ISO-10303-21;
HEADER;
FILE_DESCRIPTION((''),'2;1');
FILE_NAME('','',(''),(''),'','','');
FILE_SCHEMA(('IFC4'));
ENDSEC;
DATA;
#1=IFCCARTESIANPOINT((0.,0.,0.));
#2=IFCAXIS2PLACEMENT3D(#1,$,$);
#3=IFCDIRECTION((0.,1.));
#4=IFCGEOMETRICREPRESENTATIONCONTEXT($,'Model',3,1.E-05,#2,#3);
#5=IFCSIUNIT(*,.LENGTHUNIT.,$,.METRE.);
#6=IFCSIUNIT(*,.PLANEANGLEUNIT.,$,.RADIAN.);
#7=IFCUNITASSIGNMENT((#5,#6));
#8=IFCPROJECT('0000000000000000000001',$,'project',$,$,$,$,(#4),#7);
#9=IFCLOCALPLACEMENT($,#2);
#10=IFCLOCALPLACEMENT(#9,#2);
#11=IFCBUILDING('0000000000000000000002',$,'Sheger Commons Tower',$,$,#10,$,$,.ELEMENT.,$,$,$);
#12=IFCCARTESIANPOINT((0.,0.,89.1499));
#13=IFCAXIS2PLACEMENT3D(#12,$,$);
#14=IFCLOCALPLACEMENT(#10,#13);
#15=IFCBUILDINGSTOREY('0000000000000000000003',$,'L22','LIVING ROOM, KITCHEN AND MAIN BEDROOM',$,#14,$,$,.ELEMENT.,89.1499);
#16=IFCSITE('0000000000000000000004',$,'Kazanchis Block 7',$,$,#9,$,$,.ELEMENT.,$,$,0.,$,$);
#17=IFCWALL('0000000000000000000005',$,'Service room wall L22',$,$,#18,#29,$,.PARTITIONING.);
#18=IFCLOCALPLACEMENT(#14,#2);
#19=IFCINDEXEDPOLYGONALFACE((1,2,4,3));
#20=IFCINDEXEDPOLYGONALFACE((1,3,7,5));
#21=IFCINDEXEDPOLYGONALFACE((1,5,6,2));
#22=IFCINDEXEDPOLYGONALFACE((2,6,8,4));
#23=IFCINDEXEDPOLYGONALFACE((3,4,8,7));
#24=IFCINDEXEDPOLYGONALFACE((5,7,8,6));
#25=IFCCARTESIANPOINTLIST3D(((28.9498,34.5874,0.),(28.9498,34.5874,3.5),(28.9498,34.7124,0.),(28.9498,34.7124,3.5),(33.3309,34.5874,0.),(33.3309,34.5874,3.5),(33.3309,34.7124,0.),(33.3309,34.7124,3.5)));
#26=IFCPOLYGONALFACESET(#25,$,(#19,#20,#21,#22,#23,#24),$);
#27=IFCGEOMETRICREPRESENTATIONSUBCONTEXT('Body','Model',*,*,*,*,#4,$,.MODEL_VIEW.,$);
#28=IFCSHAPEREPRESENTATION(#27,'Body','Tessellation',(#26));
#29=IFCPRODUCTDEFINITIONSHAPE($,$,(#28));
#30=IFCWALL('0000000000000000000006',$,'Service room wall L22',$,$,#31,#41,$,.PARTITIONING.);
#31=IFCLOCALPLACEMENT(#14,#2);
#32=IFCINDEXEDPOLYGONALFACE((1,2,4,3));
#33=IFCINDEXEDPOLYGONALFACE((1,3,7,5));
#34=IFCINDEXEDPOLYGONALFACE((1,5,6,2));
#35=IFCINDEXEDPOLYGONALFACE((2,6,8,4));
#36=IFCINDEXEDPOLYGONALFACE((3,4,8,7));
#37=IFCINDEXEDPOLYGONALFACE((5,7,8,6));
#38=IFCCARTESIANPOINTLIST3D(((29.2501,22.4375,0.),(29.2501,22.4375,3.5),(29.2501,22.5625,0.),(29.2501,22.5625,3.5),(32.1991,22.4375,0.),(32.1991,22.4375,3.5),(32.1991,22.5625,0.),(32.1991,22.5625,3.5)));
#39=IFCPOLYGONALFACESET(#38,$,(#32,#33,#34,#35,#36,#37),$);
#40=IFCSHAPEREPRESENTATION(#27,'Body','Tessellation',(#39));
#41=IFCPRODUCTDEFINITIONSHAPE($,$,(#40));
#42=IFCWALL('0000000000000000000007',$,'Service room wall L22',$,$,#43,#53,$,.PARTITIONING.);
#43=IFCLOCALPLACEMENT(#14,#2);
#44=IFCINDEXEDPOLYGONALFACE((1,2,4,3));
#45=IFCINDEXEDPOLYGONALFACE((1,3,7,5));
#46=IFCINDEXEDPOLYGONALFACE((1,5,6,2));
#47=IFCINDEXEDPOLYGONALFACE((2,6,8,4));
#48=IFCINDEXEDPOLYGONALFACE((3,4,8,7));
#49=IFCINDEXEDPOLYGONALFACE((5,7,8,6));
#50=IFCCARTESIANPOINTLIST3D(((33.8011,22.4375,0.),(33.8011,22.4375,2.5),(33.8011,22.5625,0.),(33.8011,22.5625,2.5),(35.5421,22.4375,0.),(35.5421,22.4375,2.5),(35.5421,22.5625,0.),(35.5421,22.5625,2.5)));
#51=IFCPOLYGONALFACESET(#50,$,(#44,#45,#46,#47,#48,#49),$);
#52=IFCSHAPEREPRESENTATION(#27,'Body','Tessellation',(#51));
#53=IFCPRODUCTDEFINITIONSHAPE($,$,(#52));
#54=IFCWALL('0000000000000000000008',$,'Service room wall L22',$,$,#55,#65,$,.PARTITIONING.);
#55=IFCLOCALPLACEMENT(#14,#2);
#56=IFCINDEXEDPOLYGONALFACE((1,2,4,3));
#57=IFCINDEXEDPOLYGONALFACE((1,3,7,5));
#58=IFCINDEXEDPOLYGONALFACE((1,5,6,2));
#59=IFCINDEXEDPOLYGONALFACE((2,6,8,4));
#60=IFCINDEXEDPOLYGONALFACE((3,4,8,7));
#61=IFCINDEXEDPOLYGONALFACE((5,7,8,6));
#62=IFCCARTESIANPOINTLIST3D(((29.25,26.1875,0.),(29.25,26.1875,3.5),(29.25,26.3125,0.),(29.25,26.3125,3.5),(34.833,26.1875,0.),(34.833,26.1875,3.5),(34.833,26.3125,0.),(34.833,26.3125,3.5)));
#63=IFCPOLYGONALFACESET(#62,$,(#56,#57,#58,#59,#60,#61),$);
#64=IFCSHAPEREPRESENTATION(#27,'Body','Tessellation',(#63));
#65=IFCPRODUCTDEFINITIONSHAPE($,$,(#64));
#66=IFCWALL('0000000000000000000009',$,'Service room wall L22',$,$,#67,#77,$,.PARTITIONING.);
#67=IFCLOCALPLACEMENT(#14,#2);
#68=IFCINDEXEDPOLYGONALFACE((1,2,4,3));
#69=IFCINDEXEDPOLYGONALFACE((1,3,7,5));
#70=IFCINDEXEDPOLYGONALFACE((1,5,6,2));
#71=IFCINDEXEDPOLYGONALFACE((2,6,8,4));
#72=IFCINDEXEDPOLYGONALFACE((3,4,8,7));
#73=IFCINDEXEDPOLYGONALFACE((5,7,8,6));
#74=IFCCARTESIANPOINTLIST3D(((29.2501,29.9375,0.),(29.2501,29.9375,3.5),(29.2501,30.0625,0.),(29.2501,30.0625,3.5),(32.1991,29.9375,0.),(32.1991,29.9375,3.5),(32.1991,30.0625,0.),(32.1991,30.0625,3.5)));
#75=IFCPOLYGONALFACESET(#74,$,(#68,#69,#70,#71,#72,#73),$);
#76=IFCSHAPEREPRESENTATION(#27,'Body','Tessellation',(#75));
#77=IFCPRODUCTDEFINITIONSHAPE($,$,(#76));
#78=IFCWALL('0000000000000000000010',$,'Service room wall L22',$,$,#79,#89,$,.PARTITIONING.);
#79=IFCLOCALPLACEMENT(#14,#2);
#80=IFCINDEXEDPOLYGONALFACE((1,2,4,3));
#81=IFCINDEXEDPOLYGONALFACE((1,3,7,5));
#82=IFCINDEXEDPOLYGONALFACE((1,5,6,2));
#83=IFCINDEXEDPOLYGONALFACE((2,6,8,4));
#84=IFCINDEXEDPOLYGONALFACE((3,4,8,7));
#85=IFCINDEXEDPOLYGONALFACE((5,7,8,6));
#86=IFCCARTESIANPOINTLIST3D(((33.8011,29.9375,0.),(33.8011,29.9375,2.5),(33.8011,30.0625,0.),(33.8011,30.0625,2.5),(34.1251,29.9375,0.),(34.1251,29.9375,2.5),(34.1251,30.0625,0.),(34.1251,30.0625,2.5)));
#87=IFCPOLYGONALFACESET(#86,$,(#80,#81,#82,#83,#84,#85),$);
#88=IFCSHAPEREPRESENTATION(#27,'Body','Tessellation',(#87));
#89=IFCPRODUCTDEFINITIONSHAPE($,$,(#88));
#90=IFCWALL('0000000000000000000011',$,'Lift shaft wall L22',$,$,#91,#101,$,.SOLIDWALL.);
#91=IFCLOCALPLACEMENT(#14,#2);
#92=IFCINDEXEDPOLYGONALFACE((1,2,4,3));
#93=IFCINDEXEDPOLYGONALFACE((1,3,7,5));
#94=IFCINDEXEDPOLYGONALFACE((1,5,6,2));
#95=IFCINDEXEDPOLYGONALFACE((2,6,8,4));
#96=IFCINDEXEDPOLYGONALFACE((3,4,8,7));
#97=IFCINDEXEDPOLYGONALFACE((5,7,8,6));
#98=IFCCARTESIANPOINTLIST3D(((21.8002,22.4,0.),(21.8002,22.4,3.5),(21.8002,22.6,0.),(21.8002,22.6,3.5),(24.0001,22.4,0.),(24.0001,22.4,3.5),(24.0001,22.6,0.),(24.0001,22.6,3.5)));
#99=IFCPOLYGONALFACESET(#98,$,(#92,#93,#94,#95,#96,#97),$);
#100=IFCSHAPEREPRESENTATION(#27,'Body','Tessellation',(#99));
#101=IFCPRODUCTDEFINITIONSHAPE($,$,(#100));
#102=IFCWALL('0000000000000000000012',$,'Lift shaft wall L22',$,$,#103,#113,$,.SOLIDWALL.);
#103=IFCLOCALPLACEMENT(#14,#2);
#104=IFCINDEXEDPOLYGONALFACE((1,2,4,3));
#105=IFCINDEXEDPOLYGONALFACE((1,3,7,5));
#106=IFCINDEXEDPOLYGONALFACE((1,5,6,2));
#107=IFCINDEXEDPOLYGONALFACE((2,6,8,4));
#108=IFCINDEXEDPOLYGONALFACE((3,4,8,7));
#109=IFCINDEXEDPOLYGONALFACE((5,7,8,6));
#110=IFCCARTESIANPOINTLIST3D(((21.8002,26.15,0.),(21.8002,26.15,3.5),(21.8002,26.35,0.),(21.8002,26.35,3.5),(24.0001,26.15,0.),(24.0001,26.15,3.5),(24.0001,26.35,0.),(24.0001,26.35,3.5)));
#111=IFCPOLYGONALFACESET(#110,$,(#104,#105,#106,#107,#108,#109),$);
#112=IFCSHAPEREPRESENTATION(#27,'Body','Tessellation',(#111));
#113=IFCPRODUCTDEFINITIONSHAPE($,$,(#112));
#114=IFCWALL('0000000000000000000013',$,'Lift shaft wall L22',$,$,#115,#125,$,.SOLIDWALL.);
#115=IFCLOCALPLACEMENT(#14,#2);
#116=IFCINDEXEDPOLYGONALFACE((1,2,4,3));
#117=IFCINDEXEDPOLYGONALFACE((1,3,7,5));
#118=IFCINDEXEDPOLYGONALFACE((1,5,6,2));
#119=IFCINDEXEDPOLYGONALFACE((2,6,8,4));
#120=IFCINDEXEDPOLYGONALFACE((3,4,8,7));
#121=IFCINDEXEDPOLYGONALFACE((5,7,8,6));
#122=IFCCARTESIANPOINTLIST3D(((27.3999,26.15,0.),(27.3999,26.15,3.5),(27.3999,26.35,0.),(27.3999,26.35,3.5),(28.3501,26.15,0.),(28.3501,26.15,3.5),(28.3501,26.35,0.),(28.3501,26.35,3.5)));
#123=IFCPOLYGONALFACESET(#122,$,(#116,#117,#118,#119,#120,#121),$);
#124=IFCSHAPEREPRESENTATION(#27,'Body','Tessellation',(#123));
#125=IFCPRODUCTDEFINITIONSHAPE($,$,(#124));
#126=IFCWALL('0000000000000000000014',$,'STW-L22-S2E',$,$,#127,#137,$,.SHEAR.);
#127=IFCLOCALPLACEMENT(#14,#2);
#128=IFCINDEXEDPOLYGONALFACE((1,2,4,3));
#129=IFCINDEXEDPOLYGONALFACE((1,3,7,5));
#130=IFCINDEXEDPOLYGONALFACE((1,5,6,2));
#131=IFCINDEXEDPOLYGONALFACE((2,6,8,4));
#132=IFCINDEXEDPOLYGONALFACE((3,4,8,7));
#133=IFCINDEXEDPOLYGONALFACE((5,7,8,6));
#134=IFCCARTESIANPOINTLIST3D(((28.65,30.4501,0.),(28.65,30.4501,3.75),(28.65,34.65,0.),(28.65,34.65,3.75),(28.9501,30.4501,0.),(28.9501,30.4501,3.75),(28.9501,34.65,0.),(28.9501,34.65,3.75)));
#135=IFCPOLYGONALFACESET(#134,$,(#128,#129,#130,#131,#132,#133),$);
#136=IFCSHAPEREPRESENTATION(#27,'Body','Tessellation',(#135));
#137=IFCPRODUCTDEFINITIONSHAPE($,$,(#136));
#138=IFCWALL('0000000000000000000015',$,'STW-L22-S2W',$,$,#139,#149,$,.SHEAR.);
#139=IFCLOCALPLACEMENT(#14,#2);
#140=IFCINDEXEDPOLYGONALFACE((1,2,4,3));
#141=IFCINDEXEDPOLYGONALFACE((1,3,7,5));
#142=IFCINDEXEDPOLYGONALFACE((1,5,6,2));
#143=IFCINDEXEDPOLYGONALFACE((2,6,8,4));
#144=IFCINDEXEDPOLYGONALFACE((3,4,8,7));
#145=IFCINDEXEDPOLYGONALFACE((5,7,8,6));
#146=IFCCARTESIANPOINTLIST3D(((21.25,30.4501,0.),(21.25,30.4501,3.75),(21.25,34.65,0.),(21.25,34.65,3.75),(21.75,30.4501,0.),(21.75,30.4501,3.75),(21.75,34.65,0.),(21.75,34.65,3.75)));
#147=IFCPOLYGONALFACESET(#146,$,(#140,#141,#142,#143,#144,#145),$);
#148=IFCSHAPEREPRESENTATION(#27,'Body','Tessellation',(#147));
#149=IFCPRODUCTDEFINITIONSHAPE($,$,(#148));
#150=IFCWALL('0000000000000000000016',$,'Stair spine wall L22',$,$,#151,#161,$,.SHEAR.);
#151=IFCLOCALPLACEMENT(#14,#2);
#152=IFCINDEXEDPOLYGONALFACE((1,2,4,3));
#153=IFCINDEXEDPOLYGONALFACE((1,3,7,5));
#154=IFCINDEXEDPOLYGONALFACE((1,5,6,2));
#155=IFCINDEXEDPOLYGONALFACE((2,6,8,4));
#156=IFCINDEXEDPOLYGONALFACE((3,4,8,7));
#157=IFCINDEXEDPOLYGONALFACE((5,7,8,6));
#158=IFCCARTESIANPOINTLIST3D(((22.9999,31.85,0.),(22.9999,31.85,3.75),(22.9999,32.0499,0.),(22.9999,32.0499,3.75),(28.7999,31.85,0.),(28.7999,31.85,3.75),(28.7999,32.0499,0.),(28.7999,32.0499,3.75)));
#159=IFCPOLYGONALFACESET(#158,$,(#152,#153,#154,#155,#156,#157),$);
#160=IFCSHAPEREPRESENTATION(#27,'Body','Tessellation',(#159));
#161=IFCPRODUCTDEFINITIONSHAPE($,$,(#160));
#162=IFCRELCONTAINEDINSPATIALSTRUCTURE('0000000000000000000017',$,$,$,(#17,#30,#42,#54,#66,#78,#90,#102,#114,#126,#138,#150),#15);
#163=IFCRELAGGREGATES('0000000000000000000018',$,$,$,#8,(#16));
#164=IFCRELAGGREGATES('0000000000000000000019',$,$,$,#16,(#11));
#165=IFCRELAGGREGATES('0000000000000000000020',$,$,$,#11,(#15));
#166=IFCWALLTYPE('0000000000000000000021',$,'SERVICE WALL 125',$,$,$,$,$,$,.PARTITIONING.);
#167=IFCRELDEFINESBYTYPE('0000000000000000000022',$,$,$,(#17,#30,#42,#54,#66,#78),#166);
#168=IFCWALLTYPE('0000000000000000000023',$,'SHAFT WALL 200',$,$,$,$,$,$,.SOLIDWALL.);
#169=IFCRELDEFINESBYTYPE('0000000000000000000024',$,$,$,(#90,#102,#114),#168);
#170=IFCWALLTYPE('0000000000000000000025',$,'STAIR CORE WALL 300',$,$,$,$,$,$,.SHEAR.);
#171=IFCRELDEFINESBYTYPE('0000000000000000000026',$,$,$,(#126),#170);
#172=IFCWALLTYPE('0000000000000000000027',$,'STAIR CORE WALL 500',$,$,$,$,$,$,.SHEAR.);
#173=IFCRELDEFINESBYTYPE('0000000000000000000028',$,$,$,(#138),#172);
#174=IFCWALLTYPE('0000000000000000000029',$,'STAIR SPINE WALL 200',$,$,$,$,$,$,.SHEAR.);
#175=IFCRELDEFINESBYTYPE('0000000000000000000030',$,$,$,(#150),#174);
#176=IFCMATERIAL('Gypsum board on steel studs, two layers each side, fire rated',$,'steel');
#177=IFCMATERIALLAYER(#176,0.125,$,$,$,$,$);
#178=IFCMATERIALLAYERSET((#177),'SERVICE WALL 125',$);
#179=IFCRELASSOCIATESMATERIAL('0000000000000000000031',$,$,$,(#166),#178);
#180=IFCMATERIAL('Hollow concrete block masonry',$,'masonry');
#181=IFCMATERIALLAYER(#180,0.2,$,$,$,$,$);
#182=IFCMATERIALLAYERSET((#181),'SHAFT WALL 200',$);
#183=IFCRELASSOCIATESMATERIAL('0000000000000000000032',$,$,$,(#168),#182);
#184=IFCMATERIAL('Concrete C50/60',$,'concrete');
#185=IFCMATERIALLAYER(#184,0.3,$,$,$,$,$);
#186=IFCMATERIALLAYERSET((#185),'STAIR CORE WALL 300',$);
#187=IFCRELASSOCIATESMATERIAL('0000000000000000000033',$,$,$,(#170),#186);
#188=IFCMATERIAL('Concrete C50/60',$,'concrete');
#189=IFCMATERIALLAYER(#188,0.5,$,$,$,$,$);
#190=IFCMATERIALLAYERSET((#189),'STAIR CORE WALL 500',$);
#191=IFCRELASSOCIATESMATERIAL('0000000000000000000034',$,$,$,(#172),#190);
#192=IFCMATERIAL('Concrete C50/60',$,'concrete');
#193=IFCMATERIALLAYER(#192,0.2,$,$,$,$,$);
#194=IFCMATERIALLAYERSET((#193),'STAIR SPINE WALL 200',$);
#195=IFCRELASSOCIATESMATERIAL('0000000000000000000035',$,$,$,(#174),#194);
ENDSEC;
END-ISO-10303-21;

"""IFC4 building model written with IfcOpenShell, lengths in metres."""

from ifc_helpers import new_model, si_unit, direction, frame, frame_2d, origin, place, context, subcontext, project, spatial, rectangle, extrude, material, layer, layer_set, type_object, element, save


model = new_model("IFC4")

# Units and contexts
model_context = context("Model", 3, precision=1e-05, world=origin(), true_north=direction((0.0, 1.0)))
body_context = subcontext(model_context, "Body", "Model", "MODEL_VIEW")
ifc_project = project(units=[si_unit("LENGTHUNIT", "METRE"), si_unit("PLANEANGLEUNIT", "RADIAN")], contexts=[model_context])

# Site, building, storey
site_placement = place(None, origin())
site = spatial("IfcSite", under=ifc_project, at=site_placement, Name="Kazanchis Block 7", CompositionType="ELEMENT", RefElevation=0.0)
building_placement = place(site_placement, origin())
building = spatial("IfcBuilding", under=site, at=building_placement, Name="Sheger Commons Tower", CompositionType="ELEMENT")
storey_placement = place(building_placement, frame((0.0, 0.0, 89.1499)))
storey = spatial("IfcBuildingStorey", under=building, at=storey_placement, Name="L22", Description="LIVING ROOM, KITCHEN AND MAIN BEDROOM", CompositionType="ELEMENT", Elevation=89.1499)

# Walls
ifc_material_1 = material(Name="Gypsum board on steel studs, two layers each side, fire rated", Category="steel")
ifc_layer_1 = layer(ifc_material_1, 0.125)
ifc_layer_set_1 = layer_set([ifc_layer_1], Name="SERVICE WALL 125")
wall_type_1 = type_object("IfcWallType", Name="SERVICE WALL 125", PredefinedType="PARTITIONING", material=ifc_layer_set_1)
wall_1_placement = place(storey_placement, frame((28.95, 34.6499, 0.0), z_axis=(0.0, 0.0, 1.0), x_axis=(1.0, 0.0, 0.0)))
element("IfcWall", 1, at=wall_1_placement, inside=storey, type_object=wall_type_1, Name="Service room wall L22", PredefinedType="PARTITIONING", context=body_context, shape_type="SweptSolid", body=[
    extrude(rectangle(XDim=4.3811, YDim=0.125, at=frame_2d((2.1904, 0.0))), origin(), (0.0, 0.0, 1.0), 3.5),
])
wall_2_placement = place(storey_placement, frame((29.25, 22.5, 0.0), z_axis=(0.0, 0.0, 1.0), x_axis=(1.0, 0.0, 0.0)))
element("IfcWall", 2, at=wall_2_placement, inside=storey, type_object=wall_type_1, Name="Service room wall L22", PredefinedType="PARTITIONING", context=body_context, shape_type="SweptSolid", body=[
    extrude(rectangle(XDim=2.949, YDim=0.125, at=frame_2d((1.4746, 0.0))), origin(), (0.0, 0.0, 1.0), 3.5),
])
wall_3_placement = place(storey_placement, frame((33.801, 22.5, 0.0), z_axis=(0.0, 0.0, 1.0), x_axis=(1.0, 0.0, 0.0)))
element("IfcWall", 3, at=wall_3_placement, inside=storey, type_object=wall_type_1, Name="Service room wall L22", PredefinedType="PARTITIONING", context=body_context, shape_type="SweptSolid", body=[
    extrude(rectangle(XDim=1.741, YDim=0.125, at=frame_2d((0.8706, 0.0))), origin(), (0.0, 0.0, 1.0), 2.5),
])
wall_4_placement = place(storey_placement, frame((29.25, 26.25, 0.0), z_axis=(0.0, 0.0, 1.0), x_axis=(1.0, 0.0, 0.0)))
element("IfcWall", 4, at=wall_4_placement, inside=storey, type_object=wall_type_1, Name="Service room wall L22", PredefinedType="PARTITIONING", context=body_context, shape_type="SweptSolid", body=[
    extrude(rectangle(XDim=5.583, YDim=0.125, at=frame_2d((2.7915, 0.0))), origin(), (0.0, 0.0, 1.0), 3.5),
])
wall_5_placement = place(storey_placement, frame((29.25, 30.0, 0.0), z_axis=(0.0, 0.0, 1.0), x_axis=(1.0, 0.0, 0.0)))
element("IfcWall", 5, at=wall_5_placement, inside=storey, type_object=wall_type_1, Name="Service room wall L22", PredefinedType="PARTITIONING", context=body_context, shape_type="SweptSolid", body=[
    extrude(rectangle(XDim=2.949, YDim=0.125, at=frame_2d((1.4746, 0.0))), origin(), (0.0, 0.0, 1.0), 3.5),
])
wall_6_placement = place(storey_placement, frame((33.801, 30.0, 0.0), z_axis=(0.0, 0.0, 1.0), x_axis=(1.0, 0.0, 0.0)))
element("IfcWall", 6, at=wall_6_placement, inside=storey, type_object=wall_type_1, Name="Service room wall L22", PredefinedType="PARTITIONING", context=body_context, shape_type="SweptSolid", body=[
    extrude(rectangle(XDim=0.324, YDim=0.125, at=frame_2d((0.1621, 0.0))), origin(), (0.0, 0.0, 1.0), 2.5),
])
ifc_material_2 = material(Name="Hollow concrete block masonry", Category="masonry")
ifc_layer_2 = layer(ifc_material_2, 0.2)
ifc_layer_set_2 = layer_set([ifc_layer_2], Name="SHAFT WALL 200")
wall_type_2 = type_object("IfcWallType", Name="SHAFT WALL 200", PredefinedType="SOLIDWALL", material=ifc_layer_set_2)
for number, where, z_axis, x_axis, name in (
    (7, (21.8, 22.5, 0.0), (0.0, 0.0, 1.0), (1.0, 0.0, 0.0), "Lift shaft wall L22"),
    (8, (21.8, 26.25, 0.0), (0.0, 0.0, 1.0), (1.0, 0.0, 0.0), "Lift shaft wall L22"),
):
    element("IfcWall", number, at=place(storey_placement, frame(where, z_axis=z_axis, x_axis=x_axis)), inside=storey, type_object=wall_type_2, Name=name, PredefinedType="SOLIDWALL", context=body_context, shape_type="SweptSolid", body=[
        extrude(rectangle(XDim=2.2, YDim=0.2, at=frame_2d((1.1001, 0.0))), origin(), (0.0, 0.0, 1.0), 3.5),
    ])
wall_7_placement = place(storey_placement, frame((27.3999, 26.25, 0.0), z_axis=(0.0, 0.0, 1.0), x_axis=(1.0, 0.0, 0.0)))
element("IfcWall", 9, at=wall_7_placement, inside=storey, type_object=wall_type_2, Name="Lift shaft wall L22", PredefinedType="SOLIDWALL", context=body_context, shape_type="SweptSolid", body=[
    extrude(rectangle(XDim=0.9502, YDim=0.2, at=frame_2d((0.4751, 0.0))), origin(), (0.0, 0.0, 1.0), 3.5),
])
ifc_material_3 = material(Name="Concrete C50/60", Category="concrete")
ifc_layer_3 = layer(ifc_material_3, 0.3)
ifc_layer_set_3 = layer_set([ifc_layer_3], Name="STAIR CORE WALL 300")
wall_type_3 = type_object("IfcWallType", Name="STAIR CORE WALL 300", PredefinedType="SHEAR", material=ifc_layer_set_3)
wall_8_placement = place(storey_placement, frame((28.8, 30.45, 0.0), z_axis=(0.0, 0.0, 1.0), x_axis=(0.0, 1.0, 0.0)))
element("IfcWall", 10, at=wall_8_placement, inside=storey, type_object=wall_type_3, Name="STW-L22-S2E", PredefinedType="SHEAR", context=body_context, shape_type="SweptSolid", body=[
    extrude(rectangle(XDim=4.2, YDim=0.3, at=frame_2d((2.1001, 0.0))), origin(), (0.0, 0.0, 1.0), 3.75),
])
ifc_material_4 = material(Name="Concrete C50/60", Category="concrete")
ifc_layer_4 = layer(ifc_material_4, 0.5)
ifc_layer_set_4 = layer_set([ifc_layer_4], Name="STAIR CORE WALL 500")
wall_type_4 = type_object("IfcWallType", Name="STAIR CORE WALL 500", PredefinedType="SHEAR", material=ifc_layer_set_4)
wall_9_placement = place(storey_placement, frame((21.5, 30.45, 0.0), z_axis=(0.0, 0.0, 1.0), x_axis=(0.0, 1.0, 0.0)))
element("IfcWall", 11, at=wall_9_placement, inside=storey, type_object=wall_type_4, Name="STW-L22-S2W", PredefinedType="SHEAR", context=body_context, shape_type="SweptSolid", body=[
    extrude(rectangle(XDim=4.2, YDim=0.5, at=frame_2d((2.1001, 0.0))), origin(), (0.0, 0.0, 1.0), 3.75),
])
ifc_material_5 = material(Name="Concrete C50/60", Category="concrete")
ifc_layer_5 = layer(ifc_material_5, 0.2)
ifc_layer_set_5 = layer_set([ifc_layer_5], Name="STAIR SPINE WALL 200")
wall_type_5 = type_object("IfcWallType", Name="STAIR SPINE WALL 200", PredefinedType="SHEAR", material=ifc_layer_set_5)
wall_10_placement = place(storey_placement, frame((23.0, 31.95, 0.0), z_axis=(0.0, 0.0, 1.0), x_axis=(1.0, 0.0, 0.0)))
element("IfcWall", 12, at=wall_10_placement, inside=storey, type_object=wall_type_5, Name="Stair spine wall L22", PredefinedType="SHEAR", context=body_context, shape_type="SweptSolid", body=[
    extrude(rectangle(XDim=5.8, YDim=0.2, at=frame_2d((2.8999, 0.0))), origin(), (0.0, 0.0, 1.0), 3.75),
])

save(model, "model.ifc")
